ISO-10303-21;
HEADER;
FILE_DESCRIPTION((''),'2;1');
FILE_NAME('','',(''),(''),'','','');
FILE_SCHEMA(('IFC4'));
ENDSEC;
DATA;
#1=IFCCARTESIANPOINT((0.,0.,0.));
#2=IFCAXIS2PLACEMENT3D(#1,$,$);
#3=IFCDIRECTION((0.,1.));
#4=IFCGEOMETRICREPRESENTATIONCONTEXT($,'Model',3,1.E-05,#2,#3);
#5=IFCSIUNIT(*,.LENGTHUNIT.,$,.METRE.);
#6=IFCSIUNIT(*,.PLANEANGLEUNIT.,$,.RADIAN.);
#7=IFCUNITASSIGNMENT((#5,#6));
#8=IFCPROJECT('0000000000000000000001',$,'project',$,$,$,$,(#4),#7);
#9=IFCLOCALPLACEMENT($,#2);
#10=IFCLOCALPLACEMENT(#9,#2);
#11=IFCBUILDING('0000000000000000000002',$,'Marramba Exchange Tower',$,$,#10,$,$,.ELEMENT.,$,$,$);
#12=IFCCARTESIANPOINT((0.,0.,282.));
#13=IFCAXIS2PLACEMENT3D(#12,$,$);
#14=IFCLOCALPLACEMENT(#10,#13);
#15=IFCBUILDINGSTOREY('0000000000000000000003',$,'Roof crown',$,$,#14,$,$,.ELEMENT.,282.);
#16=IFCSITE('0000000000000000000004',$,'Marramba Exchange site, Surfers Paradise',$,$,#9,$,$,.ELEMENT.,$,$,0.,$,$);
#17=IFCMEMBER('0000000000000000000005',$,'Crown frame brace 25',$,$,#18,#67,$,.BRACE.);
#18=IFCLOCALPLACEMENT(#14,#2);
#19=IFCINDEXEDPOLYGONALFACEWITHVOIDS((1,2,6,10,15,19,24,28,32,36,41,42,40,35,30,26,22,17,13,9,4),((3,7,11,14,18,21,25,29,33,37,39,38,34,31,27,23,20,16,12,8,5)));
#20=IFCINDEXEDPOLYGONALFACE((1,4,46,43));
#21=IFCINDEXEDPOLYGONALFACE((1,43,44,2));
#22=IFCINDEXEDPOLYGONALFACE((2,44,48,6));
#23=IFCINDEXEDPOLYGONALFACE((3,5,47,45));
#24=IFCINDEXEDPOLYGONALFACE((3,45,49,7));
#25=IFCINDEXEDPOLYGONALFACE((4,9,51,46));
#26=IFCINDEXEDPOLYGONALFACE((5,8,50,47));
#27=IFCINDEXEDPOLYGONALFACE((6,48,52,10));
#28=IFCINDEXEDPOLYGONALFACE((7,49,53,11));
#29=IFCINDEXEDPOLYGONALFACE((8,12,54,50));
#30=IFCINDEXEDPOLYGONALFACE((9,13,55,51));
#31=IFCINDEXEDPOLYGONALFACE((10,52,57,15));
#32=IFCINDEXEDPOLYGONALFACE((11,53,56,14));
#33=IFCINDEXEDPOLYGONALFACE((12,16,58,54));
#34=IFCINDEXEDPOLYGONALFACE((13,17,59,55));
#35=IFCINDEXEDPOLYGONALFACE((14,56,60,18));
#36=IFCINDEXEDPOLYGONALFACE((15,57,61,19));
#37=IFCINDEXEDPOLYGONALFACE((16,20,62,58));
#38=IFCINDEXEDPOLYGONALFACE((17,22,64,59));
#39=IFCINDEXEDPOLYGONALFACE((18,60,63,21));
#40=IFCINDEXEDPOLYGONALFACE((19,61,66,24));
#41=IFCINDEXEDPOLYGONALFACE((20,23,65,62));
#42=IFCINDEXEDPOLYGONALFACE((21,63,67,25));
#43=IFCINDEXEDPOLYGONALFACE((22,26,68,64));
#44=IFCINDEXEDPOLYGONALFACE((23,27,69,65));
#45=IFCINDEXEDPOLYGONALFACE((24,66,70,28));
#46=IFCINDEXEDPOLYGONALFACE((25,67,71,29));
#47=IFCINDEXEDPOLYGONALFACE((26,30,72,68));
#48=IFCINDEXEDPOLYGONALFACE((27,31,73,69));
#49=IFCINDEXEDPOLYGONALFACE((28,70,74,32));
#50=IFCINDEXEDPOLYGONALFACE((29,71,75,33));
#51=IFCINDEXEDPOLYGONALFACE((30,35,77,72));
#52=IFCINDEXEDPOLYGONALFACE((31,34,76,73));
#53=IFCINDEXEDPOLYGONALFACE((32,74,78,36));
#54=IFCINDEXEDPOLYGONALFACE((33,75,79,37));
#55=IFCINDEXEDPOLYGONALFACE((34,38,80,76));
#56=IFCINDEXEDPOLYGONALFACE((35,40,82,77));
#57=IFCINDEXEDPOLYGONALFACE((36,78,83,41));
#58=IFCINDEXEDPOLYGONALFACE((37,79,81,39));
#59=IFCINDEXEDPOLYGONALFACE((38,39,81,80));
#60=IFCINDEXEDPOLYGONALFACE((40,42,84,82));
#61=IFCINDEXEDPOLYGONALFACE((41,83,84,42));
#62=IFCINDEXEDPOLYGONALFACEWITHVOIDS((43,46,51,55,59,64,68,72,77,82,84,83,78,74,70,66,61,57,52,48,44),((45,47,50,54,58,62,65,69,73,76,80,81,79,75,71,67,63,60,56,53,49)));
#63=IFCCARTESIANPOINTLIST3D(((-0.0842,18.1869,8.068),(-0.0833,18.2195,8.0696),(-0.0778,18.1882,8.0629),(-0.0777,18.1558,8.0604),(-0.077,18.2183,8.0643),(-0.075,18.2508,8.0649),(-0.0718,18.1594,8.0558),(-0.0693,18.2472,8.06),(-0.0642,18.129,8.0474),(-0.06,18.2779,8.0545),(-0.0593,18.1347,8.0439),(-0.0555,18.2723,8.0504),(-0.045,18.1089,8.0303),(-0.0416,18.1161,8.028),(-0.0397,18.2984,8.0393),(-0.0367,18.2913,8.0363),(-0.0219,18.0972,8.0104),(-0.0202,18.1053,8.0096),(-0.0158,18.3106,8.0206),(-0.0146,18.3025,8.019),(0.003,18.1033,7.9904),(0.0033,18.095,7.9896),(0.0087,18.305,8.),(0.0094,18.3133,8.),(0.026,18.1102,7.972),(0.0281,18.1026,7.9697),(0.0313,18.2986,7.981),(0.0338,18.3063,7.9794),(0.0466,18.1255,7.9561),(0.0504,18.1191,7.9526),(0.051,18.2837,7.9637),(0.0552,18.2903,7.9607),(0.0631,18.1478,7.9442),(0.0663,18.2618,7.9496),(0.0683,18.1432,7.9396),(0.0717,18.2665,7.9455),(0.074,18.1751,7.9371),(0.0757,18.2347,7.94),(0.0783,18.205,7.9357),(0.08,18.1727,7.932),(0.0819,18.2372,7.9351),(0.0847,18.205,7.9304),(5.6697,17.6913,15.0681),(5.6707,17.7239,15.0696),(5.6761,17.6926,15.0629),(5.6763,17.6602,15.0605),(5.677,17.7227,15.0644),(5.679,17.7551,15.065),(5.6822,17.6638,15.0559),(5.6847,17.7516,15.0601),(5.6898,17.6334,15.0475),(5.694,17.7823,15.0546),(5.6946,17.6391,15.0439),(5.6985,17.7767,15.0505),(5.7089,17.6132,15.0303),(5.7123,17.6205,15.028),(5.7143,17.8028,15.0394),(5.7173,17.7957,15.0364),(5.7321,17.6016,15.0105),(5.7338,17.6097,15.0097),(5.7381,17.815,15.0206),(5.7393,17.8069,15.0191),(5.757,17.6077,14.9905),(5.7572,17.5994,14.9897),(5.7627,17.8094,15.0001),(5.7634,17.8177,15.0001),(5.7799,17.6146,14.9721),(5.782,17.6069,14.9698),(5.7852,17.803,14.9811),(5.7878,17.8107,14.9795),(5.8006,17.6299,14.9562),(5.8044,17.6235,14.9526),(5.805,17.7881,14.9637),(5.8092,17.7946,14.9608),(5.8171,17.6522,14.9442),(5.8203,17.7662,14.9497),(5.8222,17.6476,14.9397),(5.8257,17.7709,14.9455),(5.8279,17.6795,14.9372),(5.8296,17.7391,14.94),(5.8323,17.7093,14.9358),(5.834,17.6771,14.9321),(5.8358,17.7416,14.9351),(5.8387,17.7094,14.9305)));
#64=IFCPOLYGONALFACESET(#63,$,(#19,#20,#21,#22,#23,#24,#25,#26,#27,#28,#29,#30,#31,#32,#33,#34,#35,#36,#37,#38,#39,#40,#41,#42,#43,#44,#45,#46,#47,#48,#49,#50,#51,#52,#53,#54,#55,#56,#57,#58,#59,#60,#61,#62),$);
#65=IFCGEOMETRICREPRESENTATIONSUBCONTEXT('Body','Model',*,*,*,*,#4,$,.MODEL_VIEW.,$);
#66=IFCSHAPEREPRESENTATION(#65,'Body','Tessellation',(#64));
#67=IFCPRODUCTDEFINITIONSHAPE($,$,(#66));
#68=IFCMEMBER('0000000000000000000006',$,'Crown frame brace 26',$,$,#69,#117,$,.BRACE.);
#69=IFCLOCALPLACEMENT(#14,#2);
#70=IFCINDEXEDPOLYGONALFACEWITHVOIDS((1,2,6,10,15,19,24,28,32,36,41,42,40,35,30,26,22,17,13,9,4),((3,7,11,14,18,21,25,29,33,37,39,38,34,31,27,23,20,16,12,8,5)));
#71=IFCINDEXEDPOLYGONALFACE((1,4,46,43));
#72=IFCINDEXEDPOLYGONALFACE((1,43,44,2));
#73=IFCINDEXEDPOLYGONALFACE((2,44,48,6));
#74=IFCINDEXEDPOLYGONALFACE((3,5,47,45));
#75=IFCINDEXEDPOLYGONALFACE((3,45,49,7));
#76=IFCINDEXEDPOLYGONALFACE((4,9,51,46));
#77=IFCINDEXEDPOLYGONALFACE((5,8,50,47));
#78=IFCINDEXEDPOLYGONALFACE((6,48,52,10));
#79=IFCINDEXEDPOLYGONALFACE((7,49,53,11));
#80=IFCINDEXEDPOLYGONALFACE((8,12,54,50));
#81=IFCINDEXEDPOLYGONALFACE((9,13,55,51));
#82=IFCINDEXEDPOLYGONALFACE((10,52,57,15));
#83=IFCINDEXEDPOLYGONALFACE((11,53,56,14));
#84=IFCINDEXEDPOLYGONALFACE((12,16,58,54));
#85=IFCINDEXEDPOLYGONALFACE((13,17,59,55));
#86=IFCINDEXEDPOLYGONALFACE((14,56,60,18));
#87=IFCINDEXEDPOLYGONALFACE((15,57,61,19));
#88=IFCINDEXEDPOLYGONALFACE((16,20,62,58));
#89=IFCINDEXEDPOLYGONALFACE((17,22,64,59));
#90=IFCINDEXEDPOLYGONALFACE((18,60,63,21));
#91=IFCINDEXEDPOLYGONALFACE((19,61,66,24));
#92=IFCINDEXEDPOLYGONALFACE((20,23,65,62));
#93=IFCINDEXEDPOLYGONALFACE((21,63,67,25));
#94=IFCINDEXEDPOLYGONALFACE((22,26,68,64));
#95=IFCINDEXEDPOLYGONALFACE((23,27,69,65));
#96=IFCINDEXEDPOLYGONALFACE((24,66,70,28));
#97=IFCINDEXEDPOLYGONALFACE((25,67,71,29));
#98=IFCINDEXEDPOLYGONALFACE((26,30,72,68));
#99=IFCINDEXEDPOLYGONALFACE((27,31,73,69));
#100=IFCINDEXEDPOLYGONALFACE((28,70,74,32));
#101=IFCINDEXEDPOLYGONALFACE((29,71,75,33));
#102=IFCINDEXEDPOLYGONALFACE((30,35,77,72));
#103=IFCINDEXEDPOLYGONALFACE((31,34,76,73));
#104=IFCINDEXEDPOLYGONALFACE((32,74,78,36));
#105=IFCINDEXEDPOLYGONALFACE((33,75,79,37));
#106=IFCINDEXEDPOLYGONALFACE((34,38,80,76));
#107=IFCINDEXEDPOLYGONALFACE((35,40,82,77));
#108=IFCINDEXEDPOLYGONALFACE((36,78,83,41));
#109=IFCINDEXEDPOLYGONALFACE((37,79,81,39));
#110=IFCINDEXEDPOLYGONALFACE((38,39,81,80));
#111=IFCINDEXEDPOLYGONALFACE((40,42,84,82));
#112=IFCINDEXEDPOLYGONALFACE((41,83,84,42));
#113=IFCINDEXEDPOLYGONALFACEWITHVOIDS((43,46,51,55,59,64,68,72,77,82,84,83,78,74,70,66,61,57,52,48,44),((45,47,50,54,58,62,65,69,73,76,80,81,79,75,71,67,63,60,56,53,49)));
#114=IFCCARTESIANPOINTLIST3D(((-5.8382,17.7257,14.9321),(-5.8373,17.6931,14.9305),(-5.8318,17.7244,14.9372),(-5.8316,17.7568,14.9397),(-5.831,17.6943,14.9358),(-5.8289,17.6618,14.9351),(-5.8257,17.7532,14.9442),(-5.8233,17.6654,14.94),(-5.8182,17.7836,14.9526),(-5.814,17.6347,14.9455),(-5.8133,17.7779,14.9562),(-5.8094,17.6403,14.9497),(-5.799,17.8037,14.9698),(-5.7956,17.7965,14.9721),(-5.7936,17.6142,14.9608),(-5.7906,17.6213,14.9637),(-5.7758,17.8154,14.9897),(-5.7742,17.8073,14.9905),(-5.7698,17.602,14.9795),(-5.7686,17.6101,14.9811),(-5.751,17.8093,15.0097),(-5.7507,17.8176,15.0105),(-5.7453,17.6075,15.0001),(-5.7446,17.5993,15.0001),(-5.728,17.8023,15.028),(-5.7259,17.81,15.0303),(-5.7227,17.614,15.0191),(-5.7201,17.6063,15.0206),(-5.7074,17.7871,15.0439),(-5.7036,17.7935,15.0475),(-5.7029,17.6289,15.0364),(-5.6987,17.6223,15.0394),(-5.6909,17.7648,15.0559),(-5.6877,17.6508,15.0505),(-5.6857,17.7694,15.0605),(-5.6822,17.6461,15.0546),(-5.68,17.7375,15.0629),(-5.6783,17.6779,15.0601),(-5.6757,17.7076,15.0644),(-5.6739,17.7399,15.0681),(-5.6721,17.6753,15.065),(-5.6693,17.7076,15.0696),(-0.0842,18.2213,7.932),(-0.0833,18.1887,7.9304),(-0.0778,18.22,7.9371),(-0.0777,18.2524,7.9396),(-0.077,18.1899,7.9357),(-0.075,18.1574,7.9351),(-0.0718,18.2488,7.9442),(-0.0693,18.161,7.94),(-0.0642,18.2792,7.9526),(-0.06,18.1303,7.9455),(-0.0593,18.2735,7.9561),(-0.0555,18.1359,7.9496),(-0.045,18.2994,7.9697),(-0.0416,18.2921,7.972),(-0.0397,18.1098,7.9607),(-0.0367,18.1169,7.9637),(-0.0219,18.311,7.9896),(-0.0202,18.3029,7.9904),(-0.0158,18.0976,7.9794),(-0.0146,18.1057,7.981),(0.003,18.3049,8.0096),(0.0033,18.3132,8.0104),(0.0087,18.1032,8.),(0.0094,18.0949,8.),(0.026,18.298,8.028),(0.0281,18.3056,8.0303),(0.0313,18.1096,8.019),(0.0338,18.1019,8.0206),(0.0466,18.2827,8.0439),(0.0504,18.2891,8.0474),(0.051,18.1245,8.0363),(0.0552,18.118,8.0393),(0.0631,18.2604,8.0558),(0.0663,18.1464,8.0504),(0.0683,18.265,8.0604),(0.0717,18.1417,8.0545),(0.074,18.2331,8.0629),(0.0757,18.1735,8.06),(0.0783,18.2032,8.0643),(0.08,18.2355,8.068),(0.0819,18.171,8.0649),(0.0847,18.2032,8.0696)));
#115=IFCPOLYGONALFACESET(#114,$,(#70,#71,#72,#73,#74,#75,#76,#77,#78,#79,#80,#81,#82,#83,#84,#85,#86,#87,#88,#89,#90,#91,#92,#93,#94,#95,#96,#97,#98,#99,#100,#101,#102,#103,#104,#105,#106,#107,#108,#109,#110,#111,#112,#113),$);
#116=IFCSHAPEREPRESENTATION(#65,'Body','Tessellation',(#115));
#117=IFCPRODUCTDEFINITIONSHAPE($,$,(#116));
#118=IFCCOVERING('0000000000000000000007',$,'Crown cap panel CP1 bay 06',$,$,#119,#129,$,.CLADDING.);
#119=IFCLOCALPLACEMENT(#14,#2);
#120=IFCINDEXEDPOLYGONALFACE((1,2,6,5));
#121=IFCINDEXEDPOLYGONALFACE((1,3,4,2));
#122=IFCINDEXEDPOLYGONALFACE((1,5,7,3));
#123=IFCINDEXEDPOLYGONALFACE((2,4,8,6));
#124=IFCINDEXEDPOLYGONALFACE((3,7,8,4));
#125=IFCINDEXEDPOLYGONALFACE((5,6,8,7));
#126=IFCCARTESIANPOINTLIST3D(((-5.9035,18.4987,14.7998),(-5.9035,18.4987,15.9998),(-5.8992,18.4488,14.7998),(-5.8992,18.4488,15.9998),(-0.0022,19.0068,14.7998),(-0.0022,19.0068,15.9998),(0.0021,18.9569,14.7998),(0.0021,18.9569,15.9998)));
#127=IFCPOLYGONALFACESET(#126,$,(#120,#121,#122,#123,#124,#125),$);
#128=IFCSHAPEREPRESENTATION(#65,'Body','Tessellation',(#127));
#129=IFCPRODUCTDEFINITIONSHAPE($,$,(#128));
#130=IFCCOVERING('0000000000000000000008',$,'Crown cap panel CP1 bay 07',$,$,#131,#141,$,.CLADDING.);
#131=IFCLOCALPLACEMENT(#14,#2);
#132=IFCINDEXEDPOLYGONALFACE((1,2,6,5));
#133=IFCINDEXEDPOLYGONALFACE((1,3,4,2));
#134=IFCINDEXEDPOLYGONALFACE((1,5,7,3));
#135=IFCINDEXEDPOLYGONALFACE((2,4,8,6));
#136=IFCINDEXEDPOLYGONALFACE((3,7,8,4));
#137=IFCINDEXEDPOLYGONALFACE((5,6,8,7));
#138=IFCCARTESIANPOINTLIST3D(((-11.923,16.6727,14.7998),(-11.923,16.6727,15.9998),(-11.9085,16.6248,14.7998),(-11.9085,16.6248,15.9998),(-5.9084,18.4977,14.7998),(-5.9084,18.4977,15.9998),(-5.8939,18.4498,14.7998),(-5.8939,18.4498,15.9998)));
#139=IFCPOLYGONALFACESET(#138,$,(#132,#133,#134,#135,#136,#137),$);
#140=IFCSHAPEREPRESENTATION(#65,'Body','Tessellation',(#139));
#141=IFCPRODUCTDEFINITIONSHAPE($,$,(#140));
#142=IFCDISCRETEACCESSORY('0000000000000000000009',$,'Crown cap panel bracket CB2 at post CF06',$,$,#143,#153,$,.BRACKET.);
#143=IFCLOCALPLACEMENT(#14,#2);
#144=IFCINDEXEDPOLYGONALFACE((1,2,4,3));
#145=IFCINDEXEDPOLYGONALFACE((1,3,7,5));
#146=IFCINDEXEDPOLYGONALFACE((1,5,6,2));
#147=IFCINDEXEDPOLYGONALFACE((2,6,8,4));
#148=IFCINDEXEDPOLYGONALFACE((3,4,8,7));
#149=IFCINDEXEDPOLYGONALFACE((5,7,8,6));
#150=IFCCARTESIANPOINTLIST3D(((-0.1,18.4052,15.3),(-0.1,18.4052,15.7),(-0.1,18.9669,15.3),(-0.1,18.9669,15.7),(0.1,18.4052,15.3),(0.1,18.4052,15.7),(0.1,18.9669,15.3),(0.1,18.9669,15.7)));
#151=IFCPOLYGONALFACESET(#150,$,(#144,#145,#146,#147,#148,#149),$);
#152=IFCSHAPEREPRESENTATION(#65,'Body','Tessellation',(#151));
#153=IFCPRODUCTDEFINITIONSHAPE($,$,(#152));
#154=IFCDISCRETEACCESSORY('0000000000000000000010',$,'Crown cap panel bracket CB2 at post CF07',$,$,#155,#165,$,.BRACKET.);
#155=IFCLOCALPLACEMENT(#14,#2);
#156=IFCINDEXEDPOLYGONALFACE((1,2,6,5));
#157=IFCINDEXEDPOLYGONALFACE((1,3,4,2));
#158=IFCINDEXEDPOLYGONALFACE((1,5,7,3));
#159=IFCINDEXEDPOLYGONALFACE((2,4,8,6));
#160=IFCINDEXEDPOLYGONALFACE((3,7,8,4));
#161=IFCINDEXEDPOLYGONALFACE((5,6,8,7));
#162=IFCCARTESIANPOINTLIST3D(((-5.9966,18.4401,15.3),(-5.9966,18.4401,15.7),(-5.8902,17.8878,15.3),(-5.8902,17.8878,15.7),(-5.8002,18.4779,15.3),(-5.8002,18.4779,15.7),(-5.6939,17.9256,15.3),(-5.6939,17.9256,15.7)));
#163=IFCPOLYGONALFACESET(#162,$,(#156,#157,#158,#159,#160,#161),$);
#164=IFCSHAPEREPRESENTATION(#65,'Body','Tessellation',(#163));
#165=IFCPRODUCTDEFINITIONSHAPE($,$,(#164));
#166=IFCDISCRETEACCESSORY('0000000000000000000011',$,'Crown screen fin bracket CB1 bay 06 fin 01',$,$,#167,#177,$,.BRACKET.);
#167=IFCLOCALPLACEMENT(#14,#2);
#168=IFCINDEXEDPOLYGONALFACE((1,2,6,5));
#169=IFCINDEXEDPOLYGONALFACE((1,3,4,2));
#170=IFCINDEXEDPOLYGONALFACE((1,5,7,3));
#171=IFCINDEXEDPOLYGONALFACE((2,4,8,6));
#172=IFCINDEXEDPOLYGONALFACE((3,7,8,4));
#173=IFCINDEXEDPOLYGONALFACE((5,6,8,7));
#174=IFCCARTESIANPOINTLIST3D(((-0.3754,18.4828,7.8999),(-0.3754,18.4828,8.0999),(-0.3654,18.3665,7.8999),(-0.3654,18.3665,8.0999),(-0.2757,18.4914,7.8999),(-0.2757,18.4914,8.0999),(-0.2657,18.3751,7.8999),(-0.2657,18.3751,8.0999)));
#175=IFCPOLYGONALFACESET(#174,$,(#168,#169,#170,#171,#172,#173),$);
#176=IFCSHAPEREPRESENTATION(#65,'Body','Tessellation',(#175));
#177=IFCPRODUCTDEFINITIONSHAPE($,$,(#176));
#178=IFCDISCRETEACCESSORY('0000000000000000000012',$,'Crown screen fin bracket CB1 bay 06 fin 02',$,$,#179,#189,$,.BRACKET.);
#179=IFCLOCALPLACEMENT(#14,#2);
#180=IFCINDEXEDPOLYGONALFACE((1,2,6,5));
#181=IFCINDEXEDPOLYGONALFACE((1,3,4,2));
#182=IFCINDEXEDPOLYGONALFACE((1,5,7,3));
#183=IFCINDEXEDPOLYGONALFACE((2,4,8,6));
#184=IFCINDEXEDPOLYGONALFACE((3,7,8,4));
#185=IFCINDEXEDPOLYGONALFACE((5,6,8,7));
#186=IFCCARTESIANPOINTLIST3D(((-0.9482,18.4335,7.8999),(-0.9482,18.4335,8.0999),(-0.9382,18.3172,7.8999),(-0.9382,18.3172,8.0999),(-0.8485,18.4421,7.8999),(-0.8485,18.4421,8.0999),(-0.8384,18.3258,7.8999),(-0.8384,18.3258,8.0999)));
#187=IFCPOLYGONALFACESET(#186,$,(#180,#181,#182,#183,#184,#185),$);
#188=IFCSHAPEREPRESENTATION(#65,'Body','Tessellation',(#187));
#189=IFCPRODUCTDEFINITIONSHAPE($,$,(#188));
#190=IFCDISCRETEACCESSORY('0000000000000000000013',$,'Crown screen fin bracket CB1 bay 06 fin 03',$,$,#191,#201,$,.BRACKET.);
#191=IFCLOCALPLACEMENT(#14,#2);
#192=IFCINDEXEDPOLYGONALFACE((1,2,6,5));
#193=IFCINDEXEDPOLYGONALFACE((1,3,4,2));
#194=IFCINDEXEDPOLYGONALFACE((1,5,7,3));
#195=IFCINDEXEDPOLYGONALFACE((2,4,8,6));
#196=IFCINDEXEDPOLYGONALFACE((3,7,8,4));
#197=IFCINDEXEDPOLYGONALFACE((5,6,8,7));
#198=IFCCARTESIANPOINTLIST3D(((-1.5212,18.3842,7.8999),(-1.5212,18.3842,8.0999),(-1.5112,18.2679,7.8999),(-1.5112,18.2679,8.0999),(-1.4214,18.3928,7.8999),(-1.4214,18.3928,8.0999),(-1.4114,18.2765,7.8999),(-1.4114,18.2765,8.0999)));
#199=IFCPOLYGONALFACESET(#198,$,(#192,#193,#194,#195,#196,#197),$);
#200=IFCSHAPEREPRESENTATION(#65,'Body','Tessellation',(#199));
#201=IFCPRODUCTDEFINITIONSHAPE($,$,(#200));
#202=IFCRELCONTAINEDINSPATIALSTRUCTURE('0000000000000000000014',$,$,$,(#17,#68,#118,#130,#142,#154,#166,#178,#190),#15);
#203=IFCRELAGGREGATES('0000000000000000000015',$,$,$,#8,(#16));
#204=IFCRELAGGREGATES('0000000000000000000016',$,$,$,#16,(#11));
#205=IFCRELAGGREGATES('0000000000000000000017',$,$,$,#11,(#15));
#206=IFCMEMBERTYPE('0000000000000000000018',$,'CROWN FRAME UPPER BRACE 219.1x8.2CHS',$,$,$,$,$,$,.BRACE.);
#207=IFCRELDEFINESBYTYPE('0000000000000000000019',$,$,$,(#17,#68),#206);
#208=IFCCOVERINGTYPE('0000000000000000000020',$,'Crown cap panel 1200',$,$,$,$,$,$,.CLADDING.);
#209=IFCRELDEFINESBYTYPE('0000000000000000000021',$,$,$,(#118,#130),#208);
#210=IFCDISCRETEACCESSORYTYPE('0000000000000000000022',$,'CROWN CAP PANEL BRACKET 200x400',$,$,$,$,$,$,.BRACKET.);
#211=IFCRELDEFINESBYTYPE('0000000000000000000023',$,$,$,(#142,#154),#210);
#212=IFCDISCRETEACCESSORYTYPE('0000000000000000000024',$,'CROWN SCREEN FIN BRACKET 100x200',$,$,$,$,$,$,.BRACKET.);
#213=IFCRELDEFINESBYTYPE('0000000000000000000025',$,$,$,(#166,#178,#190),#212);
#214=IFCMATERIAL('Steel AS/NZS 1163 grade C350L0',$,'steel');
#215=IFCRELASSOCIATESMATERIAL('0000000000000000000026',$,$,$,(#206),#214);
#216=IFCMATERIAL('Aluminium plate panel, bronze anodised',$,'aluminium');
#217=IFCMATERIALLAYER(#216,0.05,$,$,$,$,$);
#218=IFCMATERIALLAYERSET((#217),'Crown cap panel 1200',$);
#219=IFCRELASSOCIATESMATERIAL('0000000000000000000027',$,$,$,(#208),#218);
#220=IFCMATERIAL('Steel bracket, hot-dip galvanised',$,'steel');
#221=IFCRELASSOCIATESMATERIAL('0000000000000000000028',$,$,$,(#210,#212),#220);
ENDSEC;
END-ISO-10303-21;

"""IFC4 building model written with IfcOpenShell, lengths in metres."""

from ifc_helpers import new_model, si_unit, direction, frame, origin, origin_2d, place, context, subcontext, project, spatial, rectangle, hollow_circle, extrude, material, layer, layer_set, material_profile, profile_set, type_object, element, save


model = new_model("IFC4")

# Units and contexts
model_context = context("Model", 3, precision=1e-05, world=origin(), true_north=direction((0.0, 1.0)))
body_context = subcontext(model_context, "Body", "Model", "MODEL_VIEW")
ifc_project = project(units=[si_unit("LENGTHUNIT", "METRE"), si_unit("PLANEANGLEUNIT", "RADIAN")], contexts=[model_context])

# Site, building, storey
site_placement = place(None, origin())
site = spatial("IfcSite", under=ifc_project, at=site_placement, Name="Marramba Exchange site, Surfers Paradise", CompositionType="ELEMENT", RefElevation=0.0)
building_placement = place(site_placement, origin())
building = spatial("IfcBuilding", under=site, at=building_placement, Name="Marramba Exchange Tower", CompositionType="ELEMENT")
storey_placement = place(building_placement, frame((0.0, 0.0, 282.0)))
storey = spatial("IfcBuildingStorey", under=building, at=storey_placement, Name="Roof crown", CompositionType="ELEMENT", Elevation=282.0)

# Shared definitions
ifc_material_1 = material(Name="Steel AS/NZS 1163 grade C350L0", Category="steel")

# Members
ifc_material_profile_1 = material_profile(ifc_material_1, hollow_circle(Radius=0.1096, WallThickness=0.0083, at=origin_2d()), Name="219.1x8.2CHS")
ifc_profile_set_1 = profile_set([ifc_material_profile_1], Name="Steel AS/NZS 1163 grade C350L0")
member_type = type_object("IfcMemberType", Name="CROWN FRAME UPPER BRACE 219.1x8.2CHS", PredefinedType="BRACE", material=ifc_profile_set_1)
for number, where, z_axis, x_axis, name in (
    (1, (0.0, 18.2041, 8.0), (0.634049, -0.054613, 0.771362), (0.085816, 0.996311, 0.0), "Crown frame brace 25"),
    (2, (0.0, 18.2041, 8.0), (-0.634049, -0.054613, 0.771362), (0.085816, -0.996311, 0.0), "Crown frame brace 26"),
):
    element("IfcMember", number, at=place(storey_placement, frame(where, z_axis=z_axis, x_axis=x_axis)), inside=storey, type_object=member_type, Name=name, PredefinedType="BRACE", context=body_context, shape_type="SweptSolid", body=[
        extrude(hollow_circle(Radius=0.1096, WallThickness=0.0083, at=origin_2d()), origin(), (0.0, 0.0, 1.0), 9.075),
    ])

# Coverings
ifc_material_2 = material(Name="Aluminium plate panel, bronze anodised", Category="aluminium")
ifc_layer = layer(ifc_material_2, 0.05)
ifc_layer_set = layer_set([ifc_layer], Name="Crown cap panel 1200")
covering_type = type_object("IfcCoveringType", Name="Crown cap panel 1200", PredefinedType="CLADDING", material=ifc_layer_set)
covering_1_placement = place(storey_placement, frame((-2.9507, 18.7278, 14.7998), z_axis=(0.0, 0.0, 1.0), x_axis=(-0.996314, -0.085783, 0.0)))
element("IfcCovering", 3, at=covering_1_placement, inside=storey, type_object=covering_type, Name="Crown cap panel CP1 bay 06", PredefinedType="CLADDING", context=body_context, shape_type="SweptSolid", body=[
    extrude(rectangle(XDim=5.9231, YDim=0.05, at=origin_2d()), origin(), (0.0, 0.0, 1.0), 1.2),
])
covering_2_placement = place(storey_placement, frame((-8.9084, 17.5613, 14.7998), z_axis=(0.0, 0.0, 1.0), x_axis=(-0.95692, -0.290352, 0.0)))
element("IfcCovering", 4, at=covering_2_placement, inside=storey, type_object=covering_type, Name="Crown cap panel CP1 bay 07", PredefinedType="CLADDING", context=body_context, shape_type="SweptSolid", body=[
    extrude(rectangle(XDim=6.2854, YDim=0.05, at=origin_2d()), origin(), (0.0, 0.0, 1.0), 1.2),
])

# Discrete accessories
ifc_material_3 = material(Name="Steel bracket, hot-dip galvanised", Category="steel")
discrete_accessory_type_1 = type_object("IfcDiscreteAccessoryType", Name="CROWN CAP PANEL BRACKET 200x400", PredefinedType="BRACKET", material=ifc_material_3)
discrete_accessory_1_placement = place(storey_placement, frame((0.0, 18.686, 15.3), z_axis=(0.0, 0.0, 1.0), x_axis=(0.0, 1.0, 0.0)))
element("IfcDiscreteAccessory", 5, at=discrete_accessory_1_placement, inside=storey, type_object=discrete_accessory_type_1, Name="Crown cap panel bracket CB2 at post CF06", PredefinedType="BRACKET", context=body_context, shape_type="SweptSolid", body=[
    extrude(rectangle(XDim=0.5618, YDim=0.2, at=origin_2d()), origin(), (0.0, 0.0, 1.0), 0.3999),
])
discrete_accessory_2_placement = place(storey_placement, frame((-5.8452, 18.1829, 15.3), z_axis=(0.0, 0.0, 1.0), x_axis=(-0.189096, 0.981959, 0.0)))
element("IfcDiscreteAccessory", 6, at=discrete_accessory_2_placement, inside=storey, type_object=discrete_accessory_type_1, Name="Crown cap panel bracket CB2 at post CF07", PredefinedType="BRACKET", context=body_context, shape_type="SweptSolid", body=[
    extrude(rectangle(XDim=0.5625, YDim=0.2, at=origin_2d()), origin(), (0.0, 0.0, 1.0), 0.3999),
])
discrete_accessory_type_2 = type_object("IfcDiscreteAccessoryType", Name="CROWN SCREEN FIN BRACKET 100x200", PredefinedType="BRACKET", material=ifc_material_3)
for number, where, z_axis, x_axis, name in (
    (7, (-0.3206, 18.429, 7.8999), (0.0, 0.0, 1.0), (-0.996314, -0.085783, 0.0), "Crown screen fin bracket CB1 bay 06 fin 01"),
    (8, (-0.8933, 18.3796, 7.8999), (0.0, 0.0, 1.0), (-0.996314, -0.085783, 0.0), "Crown screen fin bracket CB1 bay 06 fin 02"),
    (9, (-1.4663, 18.3303, 7.8999), (0.0, 0.0, 1.0), (-0.996314, -0.085783, 0.0), "Crown screen fin bracket CB1 bay 06 fin 03"),
):
    element("IfcDiscreteAccessory", number, at=place(storey_placement, frame(where, z_axis=z_axis, x_axis=x_axis)), inside=storey, type_object=discrete_accessory_type_2, Name=name, PredefinedType="BRACKET", context=body_context, shape_type="SweptSolid", body=[
        extrude(rectangle(XDim=0.1001, YDim=0.1167, at=origin_2d()), origin(), (0.0, 0.0, 1.0), 0.2),
    ])

save(model, "model.ifc")
